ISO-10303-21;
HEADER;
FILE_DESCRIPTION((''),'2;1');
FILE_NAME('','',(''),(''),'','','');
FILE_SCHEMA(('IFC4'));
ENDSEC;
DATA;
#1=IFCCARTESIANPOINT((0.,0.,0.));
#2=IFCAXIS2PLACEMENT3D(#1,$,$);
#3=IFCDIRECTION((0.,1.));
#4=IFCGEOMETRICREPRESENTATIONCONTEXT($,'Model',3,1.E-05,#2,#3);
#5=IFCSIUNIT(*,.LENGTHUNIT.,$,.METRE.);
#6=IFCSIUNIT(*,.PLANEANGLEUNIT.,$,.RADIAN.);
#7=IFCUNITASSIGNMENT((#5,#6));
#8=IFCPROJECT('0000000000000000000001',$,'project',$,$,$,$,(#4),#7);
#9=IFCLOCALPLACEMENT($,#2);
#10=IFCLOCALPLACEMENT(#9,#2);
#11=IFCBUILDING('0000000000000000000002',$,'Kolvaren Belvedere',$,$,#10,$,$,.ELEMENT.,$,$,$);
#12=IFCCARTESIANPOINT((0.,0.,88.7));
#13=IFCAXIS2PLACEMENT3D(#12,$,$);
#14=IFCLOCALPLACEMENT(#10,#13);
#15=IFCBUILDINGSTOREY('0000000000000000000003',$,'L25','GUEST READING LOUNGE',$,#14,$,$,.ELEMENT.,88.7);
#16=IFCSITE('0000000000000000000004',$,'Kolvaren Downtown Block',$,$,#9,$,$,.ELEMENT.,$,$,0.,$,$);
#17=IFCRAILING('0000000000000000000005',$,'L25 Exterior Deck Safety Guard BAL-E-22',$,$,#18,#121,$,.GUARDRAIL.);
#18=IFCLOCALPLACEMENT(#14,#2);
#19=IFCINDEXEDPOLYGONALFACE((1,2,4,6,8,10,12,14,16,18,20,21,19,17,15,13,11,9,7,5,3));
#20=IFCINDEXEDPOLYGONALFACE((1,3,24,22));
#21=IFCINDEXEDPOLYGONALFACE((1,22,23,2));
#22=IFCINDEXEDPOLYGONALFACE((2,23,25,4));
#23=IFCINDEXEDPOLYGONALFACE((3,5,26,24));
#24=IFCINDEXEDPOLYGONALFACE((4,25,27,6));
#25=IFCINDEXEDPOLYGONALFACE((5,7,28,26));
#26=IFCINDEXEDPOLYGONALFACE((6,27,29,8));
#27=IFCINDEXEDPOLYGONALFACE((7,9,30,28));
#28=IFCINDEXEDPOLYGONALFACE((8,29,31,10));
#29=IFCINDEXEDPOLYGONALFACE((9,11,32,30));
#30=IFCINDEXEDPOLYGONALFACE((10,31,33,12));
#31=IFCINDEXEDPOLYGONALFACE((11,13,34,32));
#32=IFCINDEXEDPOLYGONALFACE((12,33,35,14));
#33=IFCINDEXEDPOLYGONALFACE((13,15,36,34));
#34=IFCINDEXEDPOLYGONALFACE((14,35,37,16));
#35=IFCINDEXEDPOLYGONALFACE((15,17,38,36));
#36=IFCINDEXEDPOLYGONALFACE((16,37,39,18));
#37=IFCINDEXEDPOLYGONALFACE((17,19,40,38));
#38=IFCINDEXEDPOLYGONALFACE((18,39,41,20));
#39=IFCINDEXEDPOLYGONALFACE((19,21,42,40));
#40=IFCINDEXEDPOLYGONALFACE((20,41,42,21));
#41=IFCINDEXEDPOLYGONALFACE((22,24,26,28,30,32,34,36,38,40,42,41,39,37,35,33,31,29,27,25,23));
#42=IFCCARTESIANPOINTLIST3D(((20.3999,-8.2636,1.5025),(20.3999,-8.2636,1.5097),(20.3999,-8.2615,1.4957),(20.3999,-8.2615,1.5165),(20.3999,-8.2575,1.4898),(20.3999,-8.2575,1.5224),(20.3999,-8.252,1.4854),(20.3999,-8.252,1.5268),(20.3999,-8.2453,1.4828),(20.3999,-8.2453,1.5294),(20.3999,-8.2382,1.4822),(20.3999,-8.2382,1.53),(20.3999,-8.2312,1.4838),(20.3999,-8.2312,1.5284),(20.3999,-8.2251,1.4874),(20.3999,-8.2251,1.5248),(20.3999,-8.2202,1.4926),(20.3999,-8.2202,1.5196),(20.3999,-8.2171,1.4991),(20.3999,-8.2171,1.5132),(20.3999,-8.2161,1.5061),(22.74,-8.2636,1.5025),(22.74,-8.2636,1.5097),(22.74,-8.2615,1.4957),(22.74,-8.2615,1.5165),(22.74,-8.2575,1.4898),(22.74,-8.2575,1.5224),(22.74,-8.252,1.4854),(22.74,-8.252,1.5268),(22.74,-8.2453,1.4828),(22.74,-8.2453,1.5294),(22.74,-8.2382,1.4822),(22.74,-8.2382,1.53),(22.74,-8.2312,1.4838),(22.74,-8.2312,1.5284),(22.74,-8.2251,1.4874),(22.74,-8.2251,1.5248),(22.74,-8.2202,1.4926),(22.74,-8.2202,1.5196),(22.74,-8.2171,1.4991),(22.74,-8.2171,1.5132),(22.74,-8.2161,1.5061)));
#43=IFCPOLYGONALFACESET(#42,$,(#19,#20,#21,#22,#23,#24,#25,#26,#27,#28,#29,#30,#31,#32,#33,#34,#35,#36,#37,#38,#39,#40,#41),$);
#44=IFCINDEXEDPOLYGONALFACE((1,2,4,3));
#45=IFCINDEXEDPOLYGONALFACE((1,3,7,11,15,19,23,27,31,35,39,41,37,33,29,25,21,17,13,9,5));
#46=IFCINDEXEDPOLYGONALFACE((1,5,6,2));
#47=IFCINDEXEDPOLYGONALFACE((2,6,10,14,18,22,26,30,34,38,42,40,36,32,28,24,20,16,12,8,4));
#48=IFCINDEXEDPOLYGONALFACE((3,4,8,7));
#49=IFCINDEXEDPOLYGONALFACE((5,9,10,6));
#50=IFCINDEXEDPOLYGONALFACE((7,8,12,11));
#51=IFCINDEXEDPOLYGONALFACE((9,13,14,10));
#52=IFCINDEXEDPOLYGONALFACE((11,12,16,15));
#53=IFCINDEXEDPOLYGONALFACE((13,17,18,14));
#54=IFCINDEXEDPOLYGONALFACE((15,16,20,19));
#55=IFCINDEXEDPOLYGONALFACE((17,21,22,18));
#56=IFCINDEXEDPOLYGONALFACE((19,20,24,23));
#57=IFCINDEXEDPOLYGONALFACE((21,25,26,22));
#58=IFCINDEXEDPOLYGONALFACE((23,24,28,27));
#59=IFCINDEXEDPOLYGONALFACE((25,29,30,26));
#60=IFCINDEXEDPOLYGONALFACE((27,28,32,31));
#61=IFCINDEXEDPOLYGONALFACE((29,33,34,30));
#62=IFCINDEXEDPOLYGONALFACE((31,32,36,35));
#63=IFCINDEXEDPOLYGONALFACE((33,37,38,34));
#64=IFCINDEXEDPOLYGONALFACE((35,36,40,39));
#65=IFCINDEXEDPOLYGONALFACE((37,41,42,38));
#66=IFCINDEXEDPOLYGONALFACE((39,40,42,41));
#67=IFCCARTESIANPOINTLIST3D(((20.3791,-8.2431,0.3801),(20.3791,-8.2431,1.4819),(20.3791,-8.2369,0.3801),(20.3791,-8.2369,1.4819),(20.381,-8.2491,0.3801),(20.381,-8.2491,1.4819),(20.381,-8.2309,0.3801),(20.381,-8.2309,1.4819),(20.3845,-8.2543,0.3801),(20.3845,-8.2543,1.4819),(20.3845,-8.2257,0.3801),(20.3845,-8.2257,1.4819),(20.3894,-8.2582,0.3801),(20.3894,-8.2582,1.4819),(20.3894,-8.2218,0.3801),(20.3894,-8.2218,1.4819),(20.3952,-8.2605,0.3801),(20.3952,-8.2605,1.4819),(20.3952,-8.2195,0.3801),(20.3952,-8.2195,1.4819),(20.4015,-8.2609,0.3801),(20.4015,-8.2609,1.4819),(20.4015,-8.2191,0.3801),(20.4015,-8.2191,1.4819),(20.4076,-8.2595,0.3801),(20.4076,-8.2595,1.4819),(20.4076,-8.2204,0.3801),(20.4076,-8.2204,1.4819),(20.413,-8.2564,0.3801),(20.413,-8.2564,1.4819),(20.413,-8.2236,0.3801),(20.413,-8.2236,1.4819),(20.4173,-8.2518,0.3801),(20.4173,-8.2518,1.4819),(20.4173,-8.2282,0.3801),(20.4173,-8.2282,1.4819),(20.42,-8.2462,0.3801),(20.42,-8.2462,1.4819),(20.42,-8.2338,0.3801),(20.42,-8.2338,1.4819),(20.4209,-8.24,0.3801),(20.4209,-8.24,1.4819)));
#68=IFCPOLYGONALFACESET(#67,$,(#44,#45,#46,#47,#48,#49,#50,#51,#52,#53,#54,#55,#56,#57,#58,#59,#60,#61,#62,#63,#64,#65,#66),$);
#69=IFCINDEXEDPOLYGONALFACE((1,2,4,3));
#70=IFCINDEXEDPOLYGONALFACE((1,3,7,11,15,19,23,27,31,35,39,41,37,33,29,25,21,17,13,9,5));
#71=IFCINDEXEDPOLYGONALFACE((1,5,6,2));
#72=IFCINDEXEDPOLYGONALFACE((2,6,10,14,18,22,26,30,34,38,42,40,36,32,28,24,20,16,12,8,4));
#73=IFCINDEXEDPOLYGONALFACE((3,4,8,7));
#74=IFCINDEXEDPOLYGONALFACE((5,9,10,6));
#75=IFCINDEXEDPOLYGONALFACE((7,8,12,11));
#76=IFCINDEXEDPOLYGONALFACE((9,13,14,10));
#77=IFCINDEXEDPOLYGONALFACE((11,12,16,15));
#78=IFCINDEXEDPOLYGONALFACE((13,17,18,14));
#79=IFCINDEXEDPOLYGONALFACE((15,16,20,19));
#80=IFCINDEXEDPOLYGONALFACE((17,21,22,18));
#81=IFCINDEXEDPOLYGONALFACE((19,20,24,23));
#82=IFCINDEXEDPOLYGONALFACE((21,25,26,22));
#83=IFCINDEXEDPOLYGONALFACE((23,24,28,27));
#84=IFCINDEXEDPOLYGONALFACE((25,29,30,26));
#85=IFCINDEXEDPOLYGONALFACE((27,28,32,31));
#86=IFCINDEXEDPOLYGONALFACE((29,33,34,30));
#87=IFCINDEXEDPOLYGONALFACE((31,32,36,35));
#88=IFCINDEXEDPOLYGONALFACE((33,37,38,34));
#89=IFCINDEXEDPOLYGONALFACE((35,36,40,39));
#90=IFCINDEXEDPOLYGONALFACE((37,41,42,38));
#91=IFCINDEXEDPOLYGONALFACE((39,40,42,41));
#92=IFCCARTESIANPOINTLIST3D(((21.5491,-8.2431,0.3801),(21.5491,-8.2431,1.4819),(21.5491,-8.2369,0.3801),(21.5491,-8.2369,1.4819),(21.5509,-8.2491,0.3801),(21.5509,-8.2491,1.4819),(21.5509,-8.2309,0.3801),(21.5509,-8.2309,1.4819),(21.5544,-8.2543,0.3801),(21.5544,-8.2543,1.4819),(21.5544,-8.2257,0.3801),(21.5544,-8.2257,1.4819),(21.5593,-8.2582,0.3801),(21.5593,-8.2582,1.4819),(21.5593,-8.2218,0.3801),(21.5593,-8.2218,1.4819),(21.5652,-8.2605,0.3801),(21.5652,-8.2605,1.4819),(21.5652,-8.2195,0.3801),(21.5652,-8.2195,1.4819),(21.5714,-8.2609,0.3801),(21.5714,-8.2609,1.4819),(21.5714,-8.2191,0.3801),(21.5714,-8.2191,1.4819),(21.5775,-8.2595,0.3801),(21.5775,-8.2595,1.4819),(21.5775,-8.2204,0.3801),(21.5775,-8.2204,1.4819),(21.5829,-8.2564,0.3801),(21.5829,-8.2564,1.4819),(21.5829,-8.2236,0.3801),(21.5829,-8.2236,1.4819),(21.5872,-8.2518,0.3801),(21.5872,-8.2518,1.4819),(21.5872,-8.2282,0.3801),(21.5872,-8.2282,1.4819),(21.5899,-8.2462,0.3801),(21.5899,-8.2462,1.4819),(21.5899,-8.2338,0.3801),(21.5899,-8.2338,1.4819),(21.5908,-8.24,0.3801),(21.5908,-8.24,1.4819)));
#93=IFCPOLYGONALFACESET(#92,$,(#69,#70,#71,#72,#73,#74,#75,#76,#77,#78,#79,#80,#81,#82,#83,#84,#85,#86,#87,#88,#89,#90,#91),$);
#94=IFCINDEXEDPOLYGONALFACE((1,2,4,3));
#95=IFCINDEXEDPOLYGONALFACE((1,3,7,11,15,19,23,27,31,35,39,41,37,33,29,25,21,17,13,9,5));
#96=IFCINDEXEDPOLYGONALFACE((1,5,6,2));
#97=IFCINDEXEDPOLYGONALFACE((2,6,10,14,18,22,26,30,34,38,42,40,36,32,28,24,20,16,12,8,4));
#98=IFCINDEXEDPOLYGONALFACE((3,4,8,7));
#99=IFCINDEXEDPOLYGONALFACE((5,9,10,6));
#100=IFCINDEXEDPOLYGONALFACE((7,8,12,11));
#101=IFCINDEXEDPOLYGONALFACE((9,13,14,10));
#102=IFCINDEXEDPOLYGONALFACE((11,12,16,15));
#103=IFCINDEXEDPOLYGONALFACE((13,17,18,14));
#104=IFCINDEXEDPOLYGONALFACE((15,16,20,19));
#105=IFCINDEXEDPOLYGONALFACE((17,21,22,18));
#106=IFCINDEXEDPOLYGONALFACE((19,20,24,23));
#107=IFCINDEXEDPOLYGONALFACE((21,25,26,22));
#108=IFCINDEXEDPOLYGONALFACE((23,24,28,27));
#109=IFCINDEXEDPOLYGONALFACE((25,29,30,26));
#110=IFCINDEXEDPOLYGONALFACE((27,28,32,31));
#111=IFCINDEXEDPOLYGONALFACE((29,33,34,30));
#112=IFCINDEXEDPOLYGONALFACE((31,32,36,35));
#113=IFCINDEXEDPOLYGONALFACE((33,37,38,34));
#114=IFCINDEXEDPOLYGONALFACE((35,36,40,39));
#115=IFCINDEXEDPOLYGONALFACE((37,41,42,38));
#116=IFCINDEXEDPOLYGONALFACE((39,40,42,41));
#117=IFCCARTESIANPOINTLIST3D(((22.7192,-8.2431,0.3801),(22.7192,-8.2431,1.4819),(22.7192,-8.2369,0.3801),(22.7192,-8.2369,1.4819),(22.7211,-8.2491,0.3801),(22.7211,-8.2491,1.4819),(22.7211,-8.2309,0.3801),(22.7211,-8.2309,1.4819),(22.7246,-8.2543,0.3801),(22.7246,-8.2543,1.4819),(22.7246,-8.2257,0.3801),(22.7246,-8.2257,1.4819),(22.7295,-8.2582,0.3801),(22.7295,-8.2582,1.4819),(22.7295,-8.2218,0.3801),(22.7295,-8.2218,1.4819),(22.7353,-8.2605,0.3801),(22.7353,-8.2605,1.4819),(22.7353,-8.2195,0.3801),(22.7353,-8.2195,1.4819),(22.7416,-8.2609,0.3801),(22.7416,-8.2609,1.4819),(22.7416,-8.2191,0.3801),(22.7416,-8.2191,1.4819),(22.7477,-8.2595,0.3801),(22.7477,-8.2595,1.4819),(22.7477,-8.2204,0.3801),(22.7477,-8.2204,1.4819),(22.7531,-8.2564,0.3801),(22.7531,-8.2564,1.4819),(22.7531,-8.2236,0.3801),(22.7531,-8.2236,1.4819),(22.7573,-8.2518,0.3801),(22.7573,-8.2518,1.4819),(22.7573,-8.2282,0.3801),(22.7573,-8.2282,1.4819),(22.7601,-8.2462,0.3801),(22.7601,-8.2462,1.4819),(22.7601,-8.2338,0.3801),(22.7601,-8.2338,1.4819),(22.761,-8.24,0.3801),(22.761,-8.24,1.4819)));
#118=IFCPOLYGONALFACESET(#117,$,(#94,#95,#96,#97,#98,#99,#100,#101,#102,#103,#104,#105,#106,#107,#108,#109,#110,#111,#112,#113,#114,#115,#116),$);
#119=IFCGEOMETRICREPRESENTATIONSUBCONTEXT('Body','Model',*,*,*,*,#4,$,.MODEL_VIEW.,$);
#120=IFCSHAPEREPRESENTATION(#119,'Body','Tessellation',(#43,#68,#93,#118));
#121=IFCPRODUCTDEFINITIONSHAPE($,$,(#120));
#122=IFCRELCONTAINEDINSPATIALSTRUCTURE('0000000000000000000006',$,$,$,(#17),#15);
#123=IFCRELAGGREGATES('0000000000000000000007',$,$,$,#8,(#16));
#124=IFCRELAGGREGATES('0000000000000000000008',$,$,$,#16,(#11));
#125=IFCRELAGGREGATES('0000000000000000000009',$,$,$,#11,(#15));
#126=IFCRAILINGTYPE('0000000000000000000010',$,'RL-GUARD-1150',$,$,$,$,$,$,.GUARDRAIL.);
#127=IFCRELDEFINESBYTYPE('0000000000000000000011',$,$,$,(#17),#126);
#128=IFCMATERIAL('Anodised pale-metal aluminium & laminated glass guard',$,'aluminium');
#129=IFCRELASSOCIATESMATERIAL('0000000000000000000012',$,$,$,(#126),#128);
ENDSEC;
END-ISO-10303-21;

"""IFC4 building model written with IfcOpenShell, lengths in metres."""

from ifc_helpers import new_model, si_unit, direction, frame, origin, origin_2d, place, context, subcontext, project, spatial, circle, extrude, material, type_object, element, save


model = new_model("IFC4")

# Units and contexts
model_context = context("Model", 3, precision=1e-05, world=origin(), true_north=direction((0.0, 1.0)))
body_context = subcontext(model_context, "Body", "Model", "MODEL_VIEW")
ifc_project = project(units=[si_unit("LENGTHUNIT", "METRE"), si_unit("PLANEANGLEUNIT", "RADIAN")], contexts=[model_context])

# Site, building, storey
site_placement = place(None, origin())
site = spatial("IfcSite", under=ifc_project, at=site_placement, Name="Kolvaren Downtown Block", CompositionType="ELEMENT", RefElevation=0.0)
building_placement = place(site_placement, origin())
building = spatial("IfcBuilding", under=site, at=building_placement, Name="Kolvaren Belvedere", CompositionType="ELEMENT")
storey_placement = place(building_placement, frame((0.0, 0.0, 88.7)))
storey = spatial("IfcBuildingStorey", under=building, at=storey_placement, Name="L25", Description="GUEST READING LOUNGE", CompositionType="ELEMENT", Elevation=88.7)

# Railing
ifc_material_1 = material(Name="Anodised pale-metal aluminium & laminated glass guard", Category="aluminium")
railing_type = type_object("IfcRailingType", Name="RL-GUARD-1150", PredefinedType="GUARDRAIL", material=ifc_material_1)
railing_1_placement = place(storey_placement, frame((20.3999, -8.24, 0.3801)))
element("IfcRailing", 1, at=railing_1_placement, inside=storey, type_object=railing_type, Name="L25 Exterior Deck Safety Guard BAL-E-22", PredefinedType="GUARDRAIL", context=body_context, shape_type="SweptSolid", body=[
    extrude(circle(Radius=0.0239, at=origin_2d()), frame((0.0, 0.0, 1.126), z_axis=(1.0, 0.0, 0.0), x_axis=(0.0, 1.0, 0.0)), (0.0, 0.0, 1.0), 2.3401),
    extrude(circle(Radius=0.021, at=origin_2d()), origin(), (0.0, 0.0, 1.0), 1.1018),
    extrude(circle(Radius=0.021, at=origin_2d()), frame((1.1699, 0.0, 0.0)), (0.0, 0.0, 1.0), 1.1018),
    extrude(circle(Radius=0.021, at=origin_2d()), frame((2.3401, 0.0, 0.0)), (0.0, 0.0, 1.0), 1.1018),
])

save(model, "model.ifc")
